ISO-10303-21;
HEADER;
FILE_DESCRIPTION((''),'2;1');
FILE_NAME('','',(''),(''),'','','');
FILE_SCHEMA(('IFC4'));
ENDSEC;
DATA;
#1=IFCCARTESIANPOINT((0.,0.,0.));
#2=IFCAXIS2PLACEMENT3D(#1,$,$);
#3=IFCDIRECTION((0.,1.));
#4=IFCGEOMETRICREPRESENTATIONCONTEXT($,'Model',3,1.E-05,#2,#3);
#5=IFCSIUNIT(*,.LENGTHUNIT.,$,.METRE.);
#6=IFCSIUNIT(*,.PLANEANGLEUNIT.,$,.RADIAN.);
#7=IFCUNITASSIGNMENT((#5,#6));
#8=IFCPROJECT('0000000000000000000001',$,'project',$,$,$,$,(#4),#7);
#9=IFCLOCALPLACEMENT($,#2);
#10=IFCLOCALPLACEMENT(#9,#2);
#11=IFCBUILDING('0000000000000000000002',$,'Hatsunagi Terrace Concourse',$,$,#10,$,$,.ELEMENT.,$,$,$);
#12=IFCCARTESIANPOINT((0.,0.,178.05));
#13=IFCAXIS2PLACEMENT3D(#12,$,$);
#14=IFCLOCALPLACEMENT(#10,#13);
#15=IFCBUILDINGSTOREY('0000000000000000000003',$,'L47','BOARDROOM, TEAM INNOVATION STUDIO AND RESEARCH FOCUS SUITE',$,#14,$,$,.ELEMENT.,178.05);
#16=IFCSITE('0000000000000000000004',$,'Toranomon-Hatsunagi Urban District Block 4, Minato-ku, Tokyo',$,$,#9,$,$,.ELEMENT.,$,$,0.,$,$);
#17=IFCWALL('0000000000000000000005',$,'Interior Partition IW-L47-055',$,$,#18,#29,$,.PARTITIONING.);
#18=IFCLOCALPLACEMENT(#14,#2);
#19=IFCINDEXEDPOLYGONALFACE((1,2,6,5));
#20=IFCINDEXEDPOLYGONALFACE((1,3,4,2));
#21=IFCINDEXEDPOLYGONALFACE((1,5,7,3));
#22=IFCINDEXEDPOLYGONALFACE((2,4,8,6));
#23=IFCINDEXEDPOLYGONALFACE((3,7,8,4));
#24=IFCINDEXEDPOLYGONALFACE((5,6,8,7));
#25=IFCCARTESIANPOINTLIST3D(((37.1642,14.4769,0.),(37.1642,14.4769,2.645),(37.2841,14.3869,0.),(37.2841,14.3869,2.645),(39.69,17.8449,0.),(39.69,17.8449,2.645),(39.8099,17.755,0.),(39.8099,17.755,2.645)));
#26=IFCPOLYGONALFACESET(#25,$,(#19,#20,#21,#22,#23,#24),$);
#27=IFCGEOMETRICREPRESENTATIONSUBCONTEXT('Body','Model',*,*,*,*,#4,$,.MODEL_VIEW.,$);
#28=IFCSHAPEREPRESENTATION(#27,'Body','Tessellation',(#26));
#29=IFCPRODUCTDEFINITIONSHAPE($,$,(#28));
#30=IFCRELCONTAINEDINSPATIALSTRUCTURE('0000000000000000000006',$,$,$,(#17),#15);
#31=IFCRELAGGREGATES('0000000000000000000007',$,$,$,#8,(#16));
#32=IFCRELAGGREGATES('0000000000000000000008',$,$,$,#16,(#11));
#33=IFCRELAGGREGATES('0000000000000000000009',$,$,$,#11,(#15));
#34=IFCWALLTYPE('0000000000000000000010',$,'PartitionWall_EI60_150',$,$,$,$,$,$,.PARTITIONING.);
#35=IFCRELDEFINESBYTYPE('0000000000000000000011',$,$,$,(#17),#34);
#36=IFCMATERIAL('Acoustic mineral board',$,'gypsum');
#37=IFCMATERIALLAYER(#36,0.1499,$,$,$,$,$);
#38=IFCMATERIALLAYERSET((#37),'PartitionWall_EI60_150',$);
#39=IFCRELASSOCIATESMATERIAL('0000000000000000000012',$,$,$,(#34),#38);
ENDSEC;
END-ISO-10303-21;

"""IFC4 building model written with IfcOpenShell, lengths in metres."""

from ifc_helpers import new_model, si_unit, direction, frame, frame_2d, origin, place, context, subcontext, project, spatial, rectangle, extrude, material, layer, layer_set, type_object, element, save


model = new_model("IFC4")

# Units and contexts
model_context = context("Model", 3, precision=1e-05, world=origin(), true_north=direction((0.0, 1.0)))
body_context = subcontext(model_context, "Body", "Model", "MODEL_VIEW")
ifc_project = project(units=[si_unit("LENGTHUNIT", "METRE"), si_unit("PLANEANGLEUNIT", "RADIAN")], contexts=[model_context])

# Site, building, storey
site_placement = place(None, origin())
site = spatial("IfcSite", under=ifc_project, at=site_placement, Name="Toranomon-Hatsunagi Urban District Block 4, Minato-ku, Tokyo", CompositionType="ELEMENT", RefElevation=0.0)
building_placement = place(site_placement, origin())
building = spatial("IfcBuilding", under=site, at=building_placement, Name="Hatsunagi Terrace Concourse", CompositionType="ELEMENT")
storey_placement = place(building_placement, frame((0.0, 0.0, 178.05)))
storey = spatial("IfcBuildingStorey", under=building, at=storey_placement, Name="L47", Description="BOARDROOM, TEAM INNOVATION STUDIO AND RESEARCH FOCUS SUITE", CompositionType="ELEMENT", Elevation=178.05)

# Wall
ifc_material_1 = material(Name="Acoustic mineral board", Category="gypsum")
ifc_layer_1 = layer(ifc_material_1, 0.1499)
ifc_layer_set_1 = layer_set([ifc_layer_1], Name="PartitionWall_EI60_150")
wall_type = type_object("IfcWallType", Name="PartitionWall_EI60_150", PredefinedType="PARTITIONING", material=ifc_layer_set_1)
wall_placement = place(storey_placement, frame((37.2241, 14.4319, 0.0), z_axis=(0.0, 0.0, 1.0), x_axis=(0.599963, 0.800028, 0.0)))
element("IfcWall", 1, at=wall_placement, inside=storey, type_object=wall_type, Name="Interior Partition IW-L47-055", PredefinedType="PARTITIONING", context=body_context, shape_type="SweptSolid", body=[
    extrude(rectangle(XDim=4.21, YDim=0.1499, at=frame_2d((2.105, 0.0))), origin(), (0.0, 0.0, 1.0), 2.645),
])

save(model, "model.ifc")
